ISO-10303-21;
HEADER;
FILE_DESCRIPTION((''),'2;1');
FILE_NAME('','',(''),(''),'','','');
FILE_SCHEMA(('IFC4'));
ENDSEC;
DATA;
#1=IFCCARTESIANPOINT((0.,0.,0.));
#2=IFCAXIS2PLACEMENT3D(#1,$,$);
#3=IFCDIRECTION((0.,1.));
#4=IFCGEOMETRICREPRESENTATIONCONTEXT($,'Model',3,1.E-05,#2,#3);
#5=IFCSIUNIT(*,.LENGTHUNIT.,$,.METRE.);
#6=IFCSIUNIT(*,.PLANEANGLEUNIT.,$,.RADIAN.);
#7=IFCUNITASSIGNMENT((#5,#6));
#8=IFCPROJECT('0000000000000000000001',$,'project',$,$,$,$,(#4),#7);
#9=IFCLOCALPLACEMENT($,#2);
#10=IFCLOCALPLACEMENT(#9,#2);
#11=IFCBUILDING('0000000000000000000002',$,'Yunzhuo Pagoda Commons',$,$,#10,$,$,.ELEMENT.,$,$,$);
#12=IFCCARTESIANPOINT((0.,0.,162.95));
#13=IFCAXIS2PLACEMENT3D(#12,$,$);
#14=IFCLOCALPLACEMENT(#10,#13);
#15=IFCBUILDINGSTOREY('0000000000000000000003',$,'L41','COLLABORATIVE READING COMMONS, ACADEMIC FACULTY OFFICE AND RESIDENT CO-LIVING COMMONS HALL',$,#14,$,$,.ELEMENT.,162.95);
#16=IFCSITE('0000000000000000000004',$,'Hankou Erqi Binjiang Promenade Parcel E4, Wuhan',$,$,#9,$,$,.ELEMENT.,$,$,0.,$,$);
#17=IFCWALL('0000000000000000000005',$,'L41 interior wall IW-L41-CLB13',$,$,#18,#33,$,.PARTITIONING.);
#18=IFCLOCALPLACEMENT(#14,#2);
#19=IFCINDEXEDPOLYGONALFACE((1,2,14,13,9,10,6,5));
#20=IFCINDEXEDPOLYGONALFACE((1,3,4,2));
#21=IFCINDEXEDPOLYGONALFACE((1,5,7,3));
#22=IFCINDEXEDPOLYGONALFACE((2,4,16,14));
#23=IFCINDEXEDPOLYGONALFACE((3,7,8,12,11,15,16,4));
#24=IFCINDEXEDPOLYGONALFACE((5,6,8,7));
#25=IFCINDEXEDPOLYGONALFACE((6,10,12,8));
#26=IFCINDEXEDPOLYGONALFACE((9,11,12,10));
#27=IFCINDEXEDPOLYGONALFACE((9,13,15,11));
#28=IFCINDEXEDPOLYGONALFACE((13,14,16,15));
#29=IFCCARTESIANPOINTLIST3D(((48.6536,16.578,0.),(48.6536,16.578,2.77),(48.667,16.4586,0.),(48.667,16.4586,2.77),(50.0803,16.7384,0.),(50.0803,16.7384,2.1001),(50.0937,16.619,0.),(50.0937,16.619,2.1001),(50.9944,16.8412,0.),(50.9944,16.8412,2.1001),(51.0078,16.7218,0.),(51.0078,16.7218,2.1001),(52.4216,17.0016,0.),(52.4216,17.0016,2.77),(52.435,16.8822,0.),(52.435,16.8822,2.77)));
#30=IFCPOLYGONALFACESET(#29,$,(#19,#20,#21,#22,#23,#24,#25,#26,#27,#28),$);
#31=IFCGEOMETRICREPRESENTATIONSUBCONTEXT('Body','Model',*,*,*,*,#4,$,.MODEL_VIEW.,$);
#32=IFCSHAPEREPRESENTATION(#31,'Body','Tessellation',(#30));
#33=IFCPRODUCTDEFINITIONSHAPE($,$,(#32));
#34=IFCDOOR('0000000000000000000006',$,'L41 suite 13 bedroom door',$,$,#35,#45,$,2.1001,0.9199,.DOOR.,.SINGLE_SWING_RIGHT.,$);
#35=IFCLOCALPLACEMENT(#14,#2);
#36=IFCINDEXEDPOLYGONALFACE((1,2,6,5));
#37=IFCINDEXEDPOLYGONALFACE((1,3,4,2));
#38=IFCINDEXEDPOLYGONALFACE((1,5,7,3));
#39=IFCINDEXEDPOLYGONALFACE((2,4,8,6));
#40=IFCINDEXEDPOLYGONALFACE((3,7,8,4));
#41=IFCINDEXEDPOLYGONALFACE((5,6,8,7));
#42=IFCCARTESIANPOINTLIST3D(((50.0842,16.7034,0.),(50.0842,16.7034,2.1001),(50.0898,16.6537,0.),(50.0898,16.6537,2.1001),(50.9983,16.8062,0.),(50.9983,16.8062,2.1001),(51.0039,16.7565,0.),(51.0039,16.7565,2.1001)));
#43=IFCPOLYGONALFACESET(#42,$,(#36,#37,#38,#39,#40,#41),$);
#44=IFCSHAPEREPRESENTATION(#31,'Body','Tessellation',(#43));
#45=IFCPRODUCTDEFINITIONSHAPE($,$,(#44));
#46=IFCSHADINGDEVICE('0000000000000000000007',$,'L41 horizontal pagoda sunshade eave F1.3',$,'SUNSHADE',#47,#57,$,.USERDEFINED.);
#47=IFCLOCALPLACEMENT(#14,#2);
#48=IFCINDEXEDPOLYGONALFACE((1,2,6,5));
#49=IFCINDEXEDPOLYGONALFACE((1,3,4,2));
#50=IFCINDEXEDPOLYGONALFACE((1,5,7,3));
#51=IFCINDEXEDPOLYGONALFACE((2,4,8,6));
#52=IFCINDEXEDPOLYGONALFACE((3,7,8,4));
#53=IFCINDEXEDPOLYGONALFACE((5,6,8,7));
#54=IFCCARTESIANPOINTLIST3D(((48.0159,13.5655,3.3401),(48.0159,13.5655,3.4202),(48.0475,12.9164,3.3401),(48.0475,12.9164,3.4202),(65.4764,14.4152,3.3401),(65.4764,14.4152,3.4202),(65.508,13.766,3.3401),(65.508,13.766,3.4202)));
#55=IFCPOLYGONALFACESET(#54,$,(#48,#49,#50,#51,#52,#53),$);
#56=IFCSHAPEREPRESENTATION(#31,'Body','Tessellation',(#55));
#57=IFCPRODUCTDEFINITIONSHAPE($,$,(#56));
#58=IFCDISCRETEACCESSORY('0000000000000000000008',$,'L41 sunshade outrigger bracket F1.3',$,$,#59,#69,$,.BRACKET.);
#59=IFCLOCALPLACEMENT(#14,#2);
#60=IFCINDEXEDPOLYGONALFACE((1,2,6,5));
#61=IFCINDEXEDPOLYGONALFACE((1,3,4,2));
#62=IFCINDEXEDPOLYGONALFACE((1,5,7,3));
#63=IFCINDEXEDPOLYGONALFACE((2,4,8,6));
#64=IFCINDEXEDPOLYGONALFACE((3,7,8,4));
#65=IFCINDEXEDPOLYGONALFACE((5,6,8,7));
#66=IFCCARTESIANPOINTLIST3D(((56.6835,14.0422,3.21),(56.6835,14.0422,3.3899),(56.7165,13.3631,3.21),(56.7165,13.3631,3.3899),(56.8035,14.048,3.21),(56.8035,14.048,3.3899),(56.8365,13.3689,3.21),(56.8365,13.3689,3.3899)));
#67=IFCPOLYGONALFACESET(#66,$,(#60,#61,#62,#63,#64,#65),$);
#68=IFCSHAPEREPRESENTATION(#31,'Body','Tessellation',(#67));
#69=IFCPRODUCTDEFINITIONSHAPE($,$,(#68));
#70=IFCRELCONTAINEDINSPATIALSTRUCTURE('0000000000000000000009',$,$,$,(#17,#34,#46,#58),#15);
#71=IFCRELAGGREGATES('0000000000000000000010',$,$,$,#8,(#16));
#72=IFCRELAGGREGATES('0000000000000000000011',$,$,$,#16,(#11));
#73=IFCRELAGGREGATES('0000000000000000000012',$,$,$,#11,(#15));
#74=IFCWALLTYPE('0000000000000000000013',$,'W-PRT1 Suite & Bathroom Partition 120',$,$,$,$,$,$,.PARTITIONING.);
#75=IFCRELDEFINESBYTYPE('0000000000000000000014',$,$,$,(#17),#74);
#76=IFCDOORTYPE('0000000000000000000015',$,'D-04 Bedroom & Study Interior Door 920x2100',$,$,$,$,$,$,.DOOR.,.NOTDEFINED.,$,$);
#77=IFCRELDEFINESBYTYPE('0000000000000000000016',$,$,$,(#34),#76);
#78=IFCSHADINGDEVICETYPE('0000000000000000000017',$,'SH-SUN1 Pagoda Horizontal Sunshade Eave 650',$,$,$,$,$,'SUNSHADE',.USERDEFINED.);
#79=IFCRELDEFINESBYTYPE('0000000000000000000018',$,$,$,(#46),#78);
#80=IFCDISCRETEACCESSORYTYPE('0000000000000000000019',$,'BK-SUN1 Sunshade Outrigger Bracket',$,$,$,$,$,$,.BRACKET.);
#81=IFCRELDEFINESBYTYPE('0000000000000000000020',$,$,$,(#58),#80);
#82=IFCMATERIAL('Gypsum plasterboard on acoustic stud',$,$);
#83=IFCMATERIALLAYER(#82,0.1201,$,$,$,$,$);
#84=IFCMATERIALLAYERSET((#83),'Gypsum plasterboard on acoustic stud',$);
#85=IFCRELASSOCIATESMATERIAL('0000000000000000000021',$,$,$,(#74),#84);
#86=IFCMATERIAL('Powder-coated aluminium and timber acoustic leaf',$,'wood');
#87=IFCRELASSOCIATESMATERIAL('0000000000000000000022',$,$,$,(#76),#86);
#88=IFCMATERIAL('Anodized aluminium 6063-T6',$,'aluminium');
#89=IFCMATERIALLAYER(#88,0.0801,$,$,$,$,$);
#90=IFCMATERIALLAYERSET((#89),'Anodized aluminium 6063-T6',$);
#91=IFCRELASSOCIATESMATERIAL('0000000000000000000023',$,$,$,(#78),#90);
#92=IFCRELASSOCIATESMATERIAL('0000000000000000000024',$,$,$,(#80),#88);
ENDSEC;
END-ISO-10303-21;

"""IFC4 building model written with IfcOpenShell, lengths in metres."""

from ifc_helpers import new_model, si_unit, direction, frame, frame_2d, origin, origin_with_axes, origin_2d, place, context, subcontext, project, spatial, rectangle, extrude, source, transform, mapped, material, layer, layer_set, type_object, element, fill, save


model = new_model("IFC4")

# Units and contexts
model_context = context("Model", 3, precision=1e-05, world=origin(), true_north=direction((0.0, 1.0)))
body_context = subcontext(model_context, "Body", "Model", "MODEL_VIEW")
ifc_project = project(units=[si_unit("LENGTHUNIT", "METRE"), si_unit("PLANEANGLEUNIT", "RADIAN")], contexts=[model_context])

# Site, building, storey
site_placement = place(None, origin())
site = spatial("IfcSite", under=ifc_project, at=site_placement, Name="Hankou Erqi Binjiang Promenade Parcel E4, Wuhan", CompositionType="ELEMENT", RefElevation=0.0)
building_placement = place(site_placement, origin())
building = spatial("IfcBuilding", under=site, at=building_placement, Name="Yunzhuo Pagoda Commons", CompositionType="ELEMENT")
storey_placement = place(building_placement, frame((0.0, 0.0, 162.95)))
storey = spatial("IfcBuildingStorey", under=building, at=storey_placement, Name="L41", Description="COLLABORATIVE READING COMMONS, ACADEMIC FACULTY OFFICE AND RESIDENT CO-LIVING COMMONS HALL", CompositionType="ELEMENT", Elevation=162.95)

# Shared definitions
ifc_material_1 = material(Name="Anodized aluminium 6063-T6", Category="aluminium")

# Shared definitions
ifc_material_2 = material(Name="Gypsum plasterboard on acoustic stud")
ifc_layer_1 = layer(ifc_material_2, 0.1201)
ifc_layer_set_1 = layer_set([ifc_layer_1], Name="Gypsum plasterboard on acoustic stud")
wall_type = type_object("IfcWallType", Name="W-PRT1 Suite & Bathroom Partition 120", PredefinedType="PARTITIONING", material=ifc_layer_set_1)

# Shared definitions
ifc_material_3 = material(Name="Powder-coated aluminium and timber acoustic leaf", Category="wood")

# Wall, opening, door
wall_1_placement = place(storey_placement, frame((48.6602, 16.5183, 0.0), z_axis=(0.0, 0.0, 1.0), x_axis=(0.993741, 0.111711, 0.0)))
wall_1 = element("IfcWall", 1, at=wall_1_placement, inside=storey, type_object=wall_type, Name="L41 interior wall IW-L41-CLB13", PredefinedType="PARTITIONING", context=body_context, shape_type="SweptSolid", body=[
    extrude(rectangle(XDim=3.7917, YDim=0.1201, at=frame_2d((1.896, 0.0))), origin(), (0.0, 0.0, 1.0), 2.77),
])
opening_1_placement = place(wall_1_placement, frame((1.4358, 0.0, 0.0)))
opening_1 = element("IfcOpeningElement", 2, at=opening_1_placement, cuts=wall_1, PredefinedType="OPENING", context=body_context, shape_type="SweptSolid", body=[
    extrude(rectangle(XDim=0.9199, YDim=2.1001, at=frame_2d((0.46, 1.05))), frame((0.0, 0.0701, 0.0), z_axis=(0.0, -1.0, 0.0), x_axis=(1.0, 0.0, 0.0)), (0.0, 0.0, 1.0), 0.1401),
])
door_type_1 = type_object("IfcDoorType", Name="D-04 Bedroom & Study Interior Door 920x2100", OperationType="NOTDEFINED", PredefinedType="DOOR", material=ifc_material_3)
shared_shape_1 = source(origin(), body_context, "Body", "SweptSolid", [
    extrude(rectangle(XDim=0.9199, YDim=2.1001, at=frame_2d((0.46, 1.05))), frame((0.0, 0.0249, 0.0), z_axis=(0.0, -1.0, 0.0), x_axis=(1.0, 0.0, 0.0)), (0.0, 0.0, 1.0), 0.05),
])
door_1_placement = place(opening_1_placement, origin_with_axes())
door_1 = element("IfcDoor", 3, at=door_1_placement, inside=storey, type_object=door_type_1, Name="L41 suite 13 bedroom door", OperationType="SINGLE_SWING_RIGHT", OverallHeight=2.1001, OverallWidth=0.9199, PredefinedType="DOOR", context=body_context, shape_type="MappedRepresentation", body=[
    mapped(shared_shape_1, transform((0.0, 0.0, 0.0), scale=1.0)),
])
fill(opening_1, door_1)

# Shading device
ifc_layer_2 = layer(ifc_material_1, 0.0801)
ifc_layer_set_2 = layer_set([ifc_layer_2], Name="Anodized aluminium 6063-T6")
shading_device_type = type_object("IfcShadingDeviceType", Name="SH-SUN1 Pagoda Horizontal Sunshade Eave 650", ElementType="SUNSHADE", PredefinedType="USERDEFINED", material=ifc_layer_set_2)
shared_shape_2 = source(origin(), body_context, "Body", "SweptSolid", [
    extrude(rectangle(XDim=17.4812, YDim=0.6499, at=origin_2d()), origin(), (0.0, 0.0, 1.0), 0.0801),
])
shading_device_placement = place(storey_placement, frame((56.762, 13.6658, 3.3401), z_axis=(0.0, 0.0, 1.0), x_axis=(0.998818, 0.048606, 0.0)))
element("IfcShadingDevice", 4, at=shading_device_placement, inside=storey, type_object=shading_device_type, Name="L41 horizontal pagoda sunshade eave F1.3", ObjectType="SUNSHADE", PredefinedType="USERDEFINED", context=body_context, shape_type="MappedRepresentation", body=[
    mapped(shared_shape_2, transform((0.0, 0.0, 0.0), scale=1.0)),
])

# Discrete accessory
discrete_accessory_type = type_object("IfcDiscreteAccessoryType", Name="BK-SUN1 Sunshade Outrigger Bracket", PredefinedType="BRACKET", material=ifc_material_1)
shared_shape_3 = source(origin(), body_context, "Body", "SweptSolid", [
    extrude(rectangle(XDim=0.1201, YDim=0.6799, at=origin_2d()), origin(), (0.0, 0.0, 1.0), 0.1799),
])
discrete_accessory_placement = place(storey_placement, frame((56.76, 13.7056, 3.21), z_axis=(0.0, 0.0, 1.0), x_axis=(0.998818, 0.048606, 0.0)))
element("IfcDiscreteAccessory", 5, at=discrete_accessory_placement, inside=storey, type_object=discrete_accessory_type, Name="L41 sunshade outrigger bracket F1.3", PredefinedType="BRACKET", context=body_context, shape_type="MappedRepresentation", body=[
    mapped(shared_shape_3, transform((0.0, 0.0, 0.0), scale=1.0)),
])

save(model, "model.ifc")
